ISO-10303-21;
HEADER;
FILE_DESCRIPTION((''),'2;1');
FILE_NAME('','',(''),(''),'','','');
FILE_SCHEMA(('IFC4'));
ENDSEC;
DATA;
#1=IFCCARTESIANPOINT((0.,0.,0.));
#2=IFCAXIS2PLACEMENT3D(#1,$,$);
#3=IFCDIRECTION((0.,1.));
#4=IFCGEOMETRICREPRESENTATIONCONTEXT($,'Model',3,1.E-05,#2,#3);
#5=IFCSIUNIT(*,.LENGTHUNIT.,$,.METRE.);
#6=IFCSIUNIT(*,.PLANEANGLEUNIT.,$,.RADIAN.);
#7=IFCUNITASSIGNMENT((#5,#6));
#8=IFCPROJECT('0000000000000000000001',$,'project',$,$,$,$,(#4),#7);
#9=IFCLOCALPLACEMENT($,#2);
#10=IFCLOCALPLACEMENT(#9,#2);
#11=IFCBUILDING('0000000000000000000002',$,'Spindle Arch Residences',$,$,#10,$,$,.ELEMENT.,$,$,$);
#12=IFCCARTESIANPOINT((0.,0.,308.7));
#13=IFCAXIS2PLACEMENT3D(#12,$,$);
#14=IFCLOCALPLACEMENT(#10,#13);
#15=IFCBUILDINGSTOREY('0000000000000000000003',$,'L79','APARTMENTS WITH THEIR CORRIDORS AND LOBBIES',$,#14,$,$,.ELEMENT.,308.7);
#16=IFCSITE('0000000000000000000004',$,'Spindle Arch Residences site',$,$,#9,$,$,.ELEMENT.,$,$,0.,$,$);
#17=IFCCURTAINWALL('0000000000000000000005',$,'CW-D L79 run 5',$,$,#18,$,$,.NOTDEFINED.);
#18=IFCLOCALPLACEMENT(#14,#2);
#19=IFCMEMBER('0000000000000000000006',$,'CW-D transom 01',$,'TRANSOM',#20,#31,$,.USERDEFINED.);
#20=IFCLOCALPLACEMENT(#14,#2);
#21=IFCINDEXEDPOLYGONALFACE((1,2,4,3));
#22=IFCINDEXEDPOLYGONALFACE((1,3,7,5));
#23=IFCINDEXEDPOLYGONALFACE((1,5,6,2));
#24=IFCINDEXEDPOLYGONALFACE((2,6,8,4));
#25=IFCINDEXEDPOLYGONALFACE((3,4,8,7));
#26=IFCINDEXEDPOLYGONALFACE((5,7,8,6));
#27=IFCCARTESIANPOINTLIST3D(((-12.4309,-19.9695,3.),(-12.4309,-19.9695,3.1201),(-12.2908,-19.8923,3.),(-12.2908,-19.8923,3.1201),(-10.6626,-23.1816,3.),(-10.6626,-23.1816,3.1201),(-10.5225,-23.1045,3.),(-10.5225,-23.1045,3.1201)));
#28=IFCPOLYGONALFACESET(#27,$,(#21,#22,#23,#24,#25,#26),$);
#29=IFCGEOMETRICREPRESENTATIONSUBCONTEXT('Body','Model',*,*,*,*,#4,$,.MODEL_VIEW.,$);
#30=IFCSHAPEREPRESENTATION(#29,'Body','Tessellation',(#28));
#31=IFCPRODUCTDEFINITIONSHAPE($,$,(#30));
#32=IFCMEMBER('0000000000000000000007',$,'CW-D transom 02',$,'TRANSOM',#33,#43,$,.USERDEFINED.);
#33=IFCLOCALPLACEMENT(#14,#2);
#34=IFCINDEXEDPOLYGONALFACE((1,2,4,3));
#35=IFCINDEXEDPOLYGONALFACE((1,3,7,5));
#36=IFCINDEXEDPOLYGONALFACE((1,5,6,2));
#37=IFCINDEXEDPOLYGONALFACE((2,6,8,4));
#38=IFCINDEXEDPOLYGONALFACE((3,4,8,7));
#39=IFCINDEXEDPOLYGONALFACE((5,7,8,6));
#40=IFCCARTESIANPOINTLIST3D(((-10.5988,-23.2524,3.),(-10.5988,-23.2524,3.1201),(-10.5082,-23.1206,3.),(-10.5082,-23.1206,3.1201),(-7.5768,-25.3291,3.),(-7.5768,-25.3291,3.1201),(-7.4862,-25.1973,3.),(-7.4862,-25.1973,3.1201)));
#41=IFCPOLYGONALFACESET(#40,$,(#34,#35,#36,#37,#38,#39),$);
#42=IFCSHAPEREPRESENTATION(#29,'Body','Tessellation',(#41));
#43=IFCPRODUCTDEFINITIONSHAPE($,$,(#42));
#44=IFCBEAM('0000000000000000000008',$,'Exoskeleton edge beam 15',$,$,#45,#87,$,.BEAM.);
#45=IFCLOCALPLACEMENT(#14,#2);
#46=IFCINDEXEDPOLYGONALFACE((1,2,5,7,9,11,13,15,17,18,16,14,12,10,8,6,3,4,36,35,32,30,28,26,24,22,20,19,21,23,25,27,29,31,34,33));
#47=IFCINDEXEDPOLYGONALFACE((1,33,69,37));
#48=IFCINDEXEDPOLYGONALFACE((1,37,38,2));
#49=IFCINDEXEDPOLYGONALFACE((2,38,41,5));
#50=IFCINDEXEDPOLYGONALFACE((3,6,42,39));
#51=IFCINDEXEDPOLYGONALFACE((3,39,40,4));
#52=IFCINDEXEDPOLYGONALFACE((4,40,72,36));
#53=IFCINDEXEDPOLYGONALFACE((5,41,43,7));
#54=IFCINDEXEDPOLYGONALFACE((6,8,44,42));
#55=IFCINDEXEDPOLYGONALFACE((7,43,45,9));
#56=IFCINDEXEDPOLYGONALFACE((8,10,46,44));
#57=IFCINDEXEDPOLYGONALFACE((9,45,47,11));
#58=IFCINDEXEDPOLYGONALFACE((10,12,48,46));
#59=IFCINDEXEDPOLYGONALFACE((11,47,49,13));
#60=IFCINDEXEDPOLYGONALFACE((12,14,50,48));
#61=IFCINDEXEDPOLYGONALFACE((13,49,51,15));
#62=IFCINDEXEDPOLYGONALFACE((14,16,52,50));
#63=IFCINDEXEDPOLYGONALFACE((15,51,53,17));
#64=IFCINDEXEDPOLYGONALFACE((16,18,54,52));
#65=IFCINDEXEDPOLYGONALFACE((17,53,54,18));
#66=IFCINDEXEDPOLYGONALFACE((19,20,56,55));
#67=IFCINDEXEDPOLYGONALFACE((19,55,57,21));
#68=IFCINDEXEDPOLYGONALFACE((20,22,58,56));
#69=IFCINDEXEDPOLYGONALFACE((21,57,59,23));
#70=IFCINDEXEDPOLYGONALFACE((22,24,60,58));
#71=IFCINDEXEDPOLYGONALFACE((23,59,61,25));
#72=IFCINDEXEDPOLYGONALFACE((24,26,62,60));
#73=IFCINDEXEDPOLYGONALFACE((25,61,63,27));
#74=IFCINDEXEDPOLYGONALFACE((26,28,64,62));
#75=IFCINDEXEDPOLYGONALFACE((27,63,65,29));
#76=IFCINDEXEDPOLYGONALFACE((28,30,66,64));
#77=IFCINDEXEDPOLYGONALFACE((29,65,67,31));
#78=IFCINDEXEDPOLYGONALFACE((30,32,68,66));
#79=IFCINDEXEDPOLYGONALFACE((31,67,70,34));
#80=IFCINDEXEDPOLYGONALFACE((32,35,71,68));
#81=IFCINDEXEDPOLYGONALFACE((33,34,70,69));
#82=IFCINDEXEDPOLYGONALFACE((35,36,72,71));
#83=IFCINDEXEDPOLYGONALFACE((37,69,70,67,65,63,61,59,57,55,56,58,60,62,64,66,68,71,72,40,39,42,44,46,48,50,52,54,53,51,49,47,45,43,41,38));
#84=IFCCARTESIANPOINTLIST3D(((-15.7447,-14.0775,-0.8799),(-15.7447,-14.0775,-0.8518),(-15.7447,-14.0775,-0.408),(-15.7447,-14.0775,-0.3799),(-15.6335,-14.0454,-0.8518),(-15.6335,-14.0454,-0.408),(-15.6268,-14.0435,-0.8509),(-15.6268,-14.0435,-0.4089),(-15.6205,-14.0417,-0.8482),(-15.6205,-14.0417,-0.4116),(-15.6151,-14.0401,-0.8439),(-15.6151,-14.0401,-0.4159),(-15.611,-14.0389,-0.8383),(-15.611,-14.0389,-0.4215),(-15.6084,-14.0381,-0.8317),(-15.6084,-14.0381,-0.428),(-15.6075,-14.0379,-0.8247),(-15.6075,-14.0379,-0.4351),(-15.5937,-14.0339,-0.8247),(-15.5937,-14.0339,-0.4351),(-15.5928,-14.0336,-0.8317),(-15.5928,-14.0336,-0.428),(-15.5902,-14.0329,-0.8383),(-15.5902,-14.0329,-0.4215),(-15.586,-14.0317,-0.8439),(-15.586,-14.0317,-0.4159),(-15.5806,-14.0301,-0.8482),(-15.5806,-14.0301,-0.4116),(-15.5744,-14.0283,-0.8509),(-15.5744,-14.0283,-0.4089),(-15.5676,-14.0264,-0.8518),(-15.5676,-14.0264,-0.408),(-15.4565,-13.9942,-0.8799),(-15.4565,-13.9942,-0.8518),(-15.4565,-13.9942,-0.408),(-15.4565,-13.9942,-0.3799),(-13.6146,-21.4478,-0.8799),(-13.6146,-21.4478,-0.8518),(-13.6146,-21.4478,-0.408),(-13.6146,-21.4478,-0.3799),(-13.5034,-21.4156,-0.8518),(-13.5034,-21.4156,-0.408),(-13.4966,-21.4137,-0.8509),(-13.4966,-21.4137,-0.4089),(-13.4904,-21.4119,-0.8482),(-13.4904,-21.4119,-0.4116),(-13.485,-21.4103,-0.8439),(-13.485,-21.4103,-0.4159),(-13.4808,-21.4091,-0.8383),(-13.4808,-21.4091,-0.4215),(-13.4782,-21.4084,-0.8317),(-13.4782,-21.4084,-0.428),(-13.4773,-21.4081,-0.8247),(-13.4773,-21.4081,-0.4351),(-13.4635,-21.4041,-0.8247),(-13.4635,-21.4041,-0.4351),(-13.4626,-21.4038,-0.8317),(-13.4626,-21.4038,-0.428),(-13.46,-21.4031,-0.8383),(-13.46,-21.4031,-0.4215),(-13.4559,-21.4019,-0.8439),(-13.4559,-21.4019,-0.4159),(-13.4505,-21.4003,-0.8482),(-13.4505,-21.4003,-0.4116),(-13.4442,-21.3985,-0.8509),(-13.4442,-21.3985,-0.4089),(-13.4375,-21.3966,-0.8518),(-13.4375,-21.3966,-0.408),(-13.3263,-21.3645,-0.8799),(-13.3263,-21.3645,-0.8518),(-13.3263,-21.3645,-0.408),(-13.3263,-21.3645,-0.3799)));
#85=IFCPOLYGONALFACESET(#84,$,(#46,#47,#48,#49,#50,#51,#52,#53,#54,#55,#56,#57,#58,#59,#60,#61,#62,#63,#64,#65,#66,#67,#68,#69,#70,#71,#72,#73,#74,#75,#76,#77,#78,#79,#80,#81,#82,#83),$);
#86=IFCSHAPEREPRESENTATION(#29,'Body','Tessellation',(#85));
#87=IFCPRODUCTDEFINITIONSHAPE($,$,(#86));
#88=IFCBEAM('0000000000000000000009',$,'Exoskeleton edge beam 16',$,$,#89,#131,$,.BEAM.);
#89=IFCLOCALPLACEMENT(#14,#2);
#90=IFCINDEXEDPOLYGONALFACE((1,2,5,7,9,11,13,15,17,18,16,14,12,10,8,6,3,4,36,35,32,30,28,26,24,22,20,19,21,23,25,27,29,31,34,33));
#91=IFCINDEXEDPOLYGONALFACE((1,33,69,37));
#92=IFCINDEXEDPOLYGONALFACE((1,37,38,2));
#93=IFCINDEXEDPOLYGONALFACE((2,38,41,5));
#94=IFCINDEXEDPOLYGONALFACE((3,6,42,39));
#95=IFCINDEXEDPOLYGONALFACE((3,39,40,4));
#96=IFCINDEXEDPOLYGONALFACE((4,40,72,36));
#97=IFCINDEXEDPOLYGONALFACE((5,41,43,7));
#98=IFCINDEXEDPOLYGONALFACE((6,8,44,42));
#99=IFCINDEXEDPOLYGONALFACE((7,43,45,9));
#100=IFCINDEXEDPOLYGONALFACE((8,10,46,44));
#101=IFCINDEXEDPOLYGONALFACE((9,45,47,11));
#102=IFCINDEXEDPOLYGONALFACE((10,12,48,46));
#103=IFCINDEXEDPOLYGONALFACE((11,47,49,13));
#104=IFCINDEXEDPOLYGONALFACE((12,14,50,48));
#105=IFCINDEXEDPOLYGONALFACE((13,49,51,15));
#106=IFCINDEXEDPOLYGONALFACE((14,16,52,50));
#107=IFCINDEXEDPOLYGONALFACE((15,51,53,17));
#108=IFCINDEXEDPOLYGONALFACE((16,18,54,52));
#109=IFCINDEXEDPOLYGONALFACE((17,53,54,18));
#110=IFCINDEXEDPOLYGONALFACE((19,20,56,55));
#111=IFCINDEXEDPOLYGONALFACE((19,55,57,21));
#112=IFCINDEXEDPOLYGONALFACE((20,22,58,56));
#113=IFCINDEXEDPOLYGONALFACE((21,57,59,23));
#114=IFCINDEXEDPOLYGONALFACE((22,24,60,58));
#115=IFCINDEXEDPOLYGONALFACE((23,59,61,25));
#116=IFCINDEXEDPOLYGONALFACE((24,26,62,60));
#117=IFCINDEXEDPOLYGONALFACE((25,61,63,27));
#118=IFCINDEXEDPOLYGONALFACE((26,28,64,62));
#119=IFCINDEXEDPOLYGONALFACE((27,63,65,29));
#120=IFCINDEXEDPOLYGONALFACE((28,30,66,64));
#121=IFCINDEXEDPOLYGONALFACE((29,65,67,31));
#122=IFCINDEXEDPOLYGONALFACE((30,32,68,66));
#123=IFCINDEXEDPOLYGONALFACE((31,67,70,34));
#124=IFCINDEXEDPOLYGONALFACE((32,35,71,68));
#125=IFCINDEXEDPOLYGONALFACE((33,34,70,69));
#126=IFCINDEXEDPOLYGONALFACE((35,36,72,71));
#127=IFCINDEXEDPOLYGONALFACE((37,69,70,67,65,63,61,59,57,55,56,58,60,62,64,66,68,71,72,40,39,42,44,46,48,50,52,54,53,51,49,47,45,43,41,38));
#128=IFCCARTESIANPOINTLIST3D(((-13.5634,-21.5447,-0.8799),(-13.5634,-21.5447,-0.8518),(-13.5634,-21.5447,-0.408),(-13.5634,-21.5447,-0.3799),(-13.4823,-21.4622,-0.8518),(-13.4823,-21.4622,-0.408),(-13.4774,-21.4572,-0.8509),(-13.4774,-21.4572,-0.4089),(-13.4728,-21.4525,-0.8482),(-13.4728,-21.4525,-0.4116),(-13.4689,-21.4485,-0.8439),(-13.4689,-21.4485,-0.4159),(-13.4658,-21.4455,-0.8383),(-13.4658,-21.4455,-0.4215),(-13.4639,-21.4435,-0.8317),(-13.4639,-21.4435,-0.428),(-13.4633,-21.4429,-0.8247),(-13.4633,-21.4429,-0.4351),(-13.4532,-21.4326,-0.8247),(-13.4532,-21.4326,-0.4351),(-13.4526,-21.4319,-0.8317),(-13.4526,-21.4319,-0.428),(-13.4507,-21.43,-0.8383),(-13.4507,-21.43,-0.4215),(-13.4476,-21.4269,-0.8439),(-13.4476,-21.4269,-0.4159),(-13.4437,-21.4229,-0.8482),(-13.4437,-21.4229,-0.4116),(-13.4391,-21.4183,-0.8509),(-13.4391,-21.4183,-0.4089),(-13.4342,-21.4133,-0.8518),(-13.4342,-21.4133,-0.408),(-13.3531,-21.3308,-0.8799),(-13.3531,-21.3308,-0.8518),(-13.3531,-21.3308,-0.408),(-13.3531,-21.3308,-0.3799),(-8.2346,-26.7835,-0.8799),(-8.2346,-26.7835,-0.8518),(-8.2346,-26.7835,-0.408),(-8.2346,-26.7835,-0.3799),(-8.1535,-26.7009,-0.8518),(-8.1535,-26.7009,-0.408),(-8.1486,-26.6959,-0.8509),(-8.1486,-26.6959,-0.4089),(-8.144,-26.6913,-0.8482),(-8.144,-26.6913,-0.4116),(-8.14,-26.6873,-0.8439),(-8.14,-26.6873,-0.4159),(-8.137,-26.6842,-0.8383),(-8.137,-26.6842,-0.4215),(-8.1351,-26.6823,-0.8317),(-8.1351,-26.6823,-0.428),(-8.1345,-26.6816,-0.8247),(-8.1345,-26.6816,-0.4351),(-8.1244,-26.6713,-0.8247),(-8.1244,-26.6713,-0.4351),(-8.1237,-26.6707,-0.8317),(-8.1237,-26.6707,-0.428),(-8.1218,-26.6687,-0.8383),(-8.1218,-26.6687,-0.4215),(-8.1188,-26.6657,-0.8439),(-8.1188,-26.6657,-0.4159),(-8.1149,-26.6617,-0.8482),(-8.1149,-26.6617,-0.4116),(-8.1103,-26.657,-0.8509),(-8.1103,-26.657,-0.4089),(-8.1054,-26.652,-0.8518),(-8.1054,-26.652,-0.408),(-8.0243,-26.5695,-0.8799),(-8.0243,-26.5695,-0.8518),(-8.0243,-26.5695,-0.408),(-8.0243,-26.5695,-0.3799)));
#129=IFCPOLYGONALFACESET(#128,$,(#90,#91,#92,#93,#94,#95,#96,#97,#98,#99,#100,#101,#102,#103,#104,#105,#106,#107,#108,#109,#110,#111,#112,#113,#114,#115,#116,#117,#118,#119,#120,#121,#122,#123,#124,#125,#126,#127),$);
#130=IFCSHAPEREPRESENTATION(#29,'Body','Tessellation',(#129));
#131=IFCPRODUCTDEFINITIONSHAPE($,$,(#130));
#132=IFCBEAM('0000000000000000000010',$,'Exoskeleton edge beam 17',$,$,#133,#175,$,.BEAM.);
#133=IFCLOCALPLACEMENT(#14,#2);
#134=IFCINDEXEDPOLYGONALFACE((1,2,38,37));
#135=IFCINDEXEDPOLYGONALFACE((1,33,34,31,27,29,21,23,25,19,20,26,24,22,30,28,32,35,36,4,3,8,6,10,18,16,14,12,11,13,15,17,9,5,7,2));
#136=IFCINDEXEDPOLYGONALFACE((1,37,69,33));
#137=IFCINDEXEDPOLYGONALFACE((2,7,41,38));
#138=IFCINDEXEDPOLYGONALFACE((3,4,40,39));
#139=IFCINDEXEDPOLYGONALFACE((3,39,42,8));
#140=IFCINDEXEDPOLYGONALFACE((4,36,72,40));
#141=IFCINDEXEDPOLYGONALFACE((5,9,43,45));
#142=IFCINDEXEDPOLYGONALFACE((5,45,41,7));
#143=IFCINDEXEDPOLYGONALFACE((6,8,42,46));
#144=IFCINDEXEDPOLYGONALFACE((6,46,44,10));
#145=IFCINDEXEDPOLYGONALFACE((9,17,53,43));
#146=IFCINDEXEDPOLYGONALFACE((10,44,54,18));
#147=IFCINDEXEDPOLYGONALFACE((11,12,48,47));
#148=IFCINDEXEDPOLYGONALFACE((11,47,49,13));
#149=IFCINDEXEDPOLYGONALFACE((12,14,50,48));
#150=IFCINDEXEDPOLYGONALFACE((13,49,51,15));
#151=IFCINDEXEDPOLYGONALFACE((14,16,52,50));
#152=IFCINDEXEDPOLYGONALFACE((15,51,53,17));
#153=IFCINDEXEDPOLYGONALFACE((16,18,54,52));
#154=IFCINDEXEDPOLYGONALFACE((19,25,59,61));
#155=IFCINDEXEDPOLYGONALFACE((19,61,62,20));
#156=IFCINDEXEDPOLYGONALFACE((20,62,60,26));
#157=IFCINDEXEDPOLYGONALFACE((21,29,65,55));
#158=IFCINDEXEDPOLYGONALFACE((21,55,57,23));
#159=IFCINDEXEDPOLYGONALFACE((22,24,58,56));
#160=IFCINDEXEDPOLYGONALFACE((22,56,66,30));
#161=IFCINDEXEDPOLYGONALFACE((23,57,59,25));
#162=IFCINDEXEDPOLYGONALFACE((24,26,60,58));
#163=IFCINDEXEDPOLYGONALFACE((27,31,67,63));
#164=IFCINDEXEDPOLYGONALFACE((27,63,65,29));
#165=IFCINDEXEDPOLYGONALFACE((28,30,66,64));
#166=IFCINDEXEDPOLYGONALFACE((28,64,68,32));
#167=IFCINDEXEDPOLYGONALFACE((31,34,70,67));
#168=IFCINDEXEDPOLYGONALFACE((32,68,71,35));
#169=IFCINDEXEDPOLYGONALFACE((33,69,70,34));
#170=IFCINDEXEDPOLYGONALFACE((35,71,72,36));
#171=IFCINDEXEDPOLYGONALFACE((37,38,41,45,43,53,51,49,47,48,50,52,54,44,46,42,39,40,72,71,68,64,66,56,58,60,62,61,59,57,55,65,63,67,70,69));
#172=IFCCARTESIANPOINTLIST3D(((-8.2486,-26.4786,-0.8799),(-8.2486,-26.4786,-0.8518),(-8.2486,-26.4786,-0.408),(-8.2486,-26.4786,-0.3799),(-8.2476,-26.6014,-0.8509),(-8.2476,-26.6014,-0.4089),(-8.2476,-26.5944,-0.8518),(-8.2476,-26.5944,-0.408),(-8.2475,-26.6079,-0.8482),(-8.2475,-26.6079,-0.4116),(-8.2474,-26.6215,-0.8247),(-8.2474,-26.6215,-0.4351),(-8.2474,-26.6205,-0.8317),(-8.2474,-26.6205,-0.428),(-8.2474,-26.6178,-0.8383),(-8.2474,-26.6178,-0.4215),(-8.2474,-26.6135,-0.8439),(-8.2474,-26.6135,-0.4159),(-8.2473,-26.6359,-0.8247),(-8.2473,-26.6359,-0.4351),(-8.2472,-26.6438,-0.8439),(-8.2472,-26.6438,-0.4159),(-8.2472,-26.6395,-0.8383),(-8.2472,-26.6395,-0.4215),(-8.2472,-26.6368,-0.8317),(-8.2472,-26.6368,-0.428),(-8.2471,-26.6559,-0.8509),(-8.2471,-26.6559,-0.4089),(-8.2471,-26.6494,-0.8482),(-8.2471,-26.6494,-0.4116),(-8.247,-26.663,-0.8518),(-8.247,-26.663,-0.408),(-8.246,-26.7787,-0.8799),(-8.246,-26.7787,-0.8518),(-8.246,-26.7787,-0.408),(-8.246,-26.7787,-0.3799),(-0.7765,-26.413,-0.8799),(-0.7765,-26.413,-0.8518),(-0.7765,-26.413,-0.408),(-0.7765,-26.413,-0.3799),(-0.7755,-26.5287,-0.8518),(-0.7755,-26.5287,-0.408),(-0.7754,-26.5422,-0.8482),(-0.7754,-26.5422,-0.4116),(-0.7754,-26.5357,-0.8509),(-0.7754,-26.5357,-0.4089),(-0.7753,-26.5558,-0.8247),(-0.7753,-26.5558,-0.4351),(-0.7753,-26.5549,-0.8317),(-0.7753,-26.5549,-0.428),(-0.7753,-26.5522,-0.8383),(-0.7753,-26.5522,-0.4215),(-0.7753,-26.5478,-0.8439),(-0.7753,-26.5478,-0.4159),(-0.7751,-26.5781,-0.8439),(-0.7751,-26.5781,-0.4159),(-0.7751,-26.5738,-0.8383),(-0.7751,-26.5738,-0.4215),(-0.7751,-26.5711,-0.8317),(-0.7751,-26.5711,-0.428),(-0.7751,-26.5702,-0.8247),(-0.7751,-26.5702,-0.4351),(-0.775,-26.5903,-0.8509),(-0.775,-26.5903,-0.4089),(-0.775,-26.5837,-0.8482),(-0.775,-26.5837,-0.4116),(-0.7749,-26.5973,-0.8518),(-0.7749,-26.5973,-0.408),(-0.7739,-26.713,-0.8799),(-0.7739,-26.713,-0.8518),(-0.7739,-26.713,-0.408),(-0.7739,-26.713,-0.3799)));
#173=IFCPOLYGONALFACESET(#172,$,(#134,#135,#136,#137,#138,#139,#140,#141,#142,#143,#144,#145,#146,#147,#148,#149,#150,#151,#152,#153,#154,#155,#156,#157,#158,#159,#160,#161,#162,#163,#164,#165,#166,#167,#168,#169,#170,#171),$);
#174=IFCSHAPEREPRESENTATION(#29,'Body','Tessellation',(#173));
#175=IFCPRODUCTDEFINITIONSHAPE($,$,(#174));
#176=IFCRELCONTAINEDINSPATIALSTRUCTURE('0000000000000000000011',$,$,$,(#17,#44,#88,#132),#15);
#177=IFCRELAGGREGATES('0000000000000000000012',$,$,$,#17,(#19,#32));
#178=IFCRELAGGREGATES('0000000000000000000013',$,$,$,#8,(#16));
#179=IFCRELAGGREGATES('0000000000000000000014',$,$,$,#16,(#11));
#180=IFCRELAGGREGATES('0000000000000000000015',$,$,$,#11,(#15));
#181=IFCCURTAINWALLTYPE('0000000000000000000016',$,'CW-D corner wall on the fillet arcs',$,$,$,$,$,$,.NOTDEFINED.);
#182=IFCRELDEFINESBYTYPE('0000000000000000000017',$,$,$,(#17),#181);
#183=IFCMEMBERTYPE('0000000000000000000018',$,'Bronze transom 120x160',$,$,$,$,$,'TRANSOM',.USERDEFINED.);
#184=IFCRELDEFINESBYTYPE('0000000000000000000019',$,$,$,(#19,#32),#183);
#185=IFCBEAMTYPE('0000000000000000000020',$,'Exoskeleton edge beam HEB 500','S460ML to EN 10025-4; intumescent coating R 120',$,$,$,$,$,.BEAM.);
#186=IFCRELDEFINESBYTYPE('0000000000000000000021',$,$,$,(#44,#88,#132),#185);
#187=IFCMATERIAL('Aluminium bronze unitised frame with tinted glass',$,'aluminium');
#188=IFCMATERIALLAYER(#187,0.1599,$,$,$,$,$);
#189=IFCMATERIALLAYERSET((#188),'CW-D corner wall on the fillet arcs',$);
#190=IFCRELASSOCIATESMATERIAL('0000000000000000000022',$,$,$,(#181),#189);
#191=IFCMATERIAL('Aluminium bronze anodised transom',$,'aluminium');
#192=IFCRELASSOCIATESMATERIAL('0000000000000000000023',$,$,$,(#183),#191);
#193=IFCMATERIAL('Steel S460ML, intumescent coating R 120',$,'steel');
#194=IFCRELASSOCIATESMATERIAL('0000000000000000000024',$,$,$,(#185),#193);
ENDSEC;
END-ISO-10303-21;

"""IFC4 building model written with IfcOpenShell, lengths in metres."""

from ifc_helpers import new_model, si_unit, direction, frame, origin, origin_2d, place, context, subcontext, project, spatial, rectangle, i_section, extrude, material, layer, layer_set, material_profile, profile_set, type_object, element, aggregate, save


model = new_model("IFC4")

# Units and contexts
model_context = context("Model", 3, precision=1e-05, world=origin(), true_north=direction((0.0, 1.0)))
body_context = subcontext(model_context, "Body", "Model", "MODEL_VIEW")
ifc_project = project(units=[si_unit("LENGTHUNIT", "METRE"), si_unit("PLANEANGLEUNIT", "RADIAN")], contexts=[model_context])

# Site, building, storey
site_placement = place(None, origin())
site = spatial("IfcSite", under=ifc_project, at=site_placement, Name="Spindle Arch Residences site", CompositionType="ELEMENT", RefElevation=0.0)
building_placement = place(site_placement, origin())
building = spatial("IfcBuilding", under=site, at=building_placement, Name="Spindle Arch Residences", CompositionType="ELEMENT")
storey_placement = place(building_placement, frame((0.0, 0.0, 308.7)))
storey = spatial("IfcBuildingStorey", under=building, at=storey_placement, Name="L79", Description="APARTMENTS WITH THEIR CORRIDORS AND LOBBIES", CompositionType="ELEMENT", Elevation=308.7)

# Curtain wall, members
ifc_material_1 = material(Name="Aluminium bronze unitised frame with tinted glass", Category="aluminium")
ifc_layer_1 = layer(ifc_material_1, 0.1599)
ifc_layer_set_1 = layer_set([ifc_layer_1], Name="CW-D corner wall on the fillet arcs")
curtain_wall_type = type_object("IfcCurtainWallType", Name="CW-D corner wall on the fillet arcs", PredefinedType="NOTDEFINED", material=ifc_layer_set_1)
curtain_wall_placement = place(storey_placement, origin())
curtain_wall = element("IfcCurtainWall", 1, at=curtain_wall_placement, inside=storey, type_object=curtain_wall_type, Name="CW-D L79 run 5", PredefinedType="NOTDEFINED")
ifc_material_2 = material(Name="Aluminium bronze anodised transom", Category="aluminium")
ifc_material_profile_1 = material_profile(ifc_material_2, rectangle(XDim=0.1599, YDim=0.1201, at=origin_2d()), Name="TR 120x160")
ifc_profile_set_1 = profile_set([ifc_material_profile_1], Name="Aluminium bronze anodised transom")
member_type_1 = type_object("IfcMemberType", Name="Bronze transom 120x160", ElementType="TRANSOM", PredefinedType="USERDEFINED", material=ifc_profile_set_1)
member_1_placement = place(storey_placement, frame((-12.3608, -19.9309, 3.0601), z_axis=(0.482259, -0.876029, 0.0), x_axis=(0.876029, 0.482259, 0.0)))
member_1 = element("IfcMember", 2, at=member_1_placement, type_object=member_type_1, Name="CW-D transom 01", ObjectType="TRANSOM", PredefinedType="USERDEFINED", context=body_context, shape_type="SweptSolid", body=[
    extrude(rectangle(XDim=0.1599, YDim=0.1201, at=origin_2d()), origin(), (0.0, 0.0, 1.0), 3.6667),
])
member_2_placement = place(storey_placement, frame((-10.5535, -23.1865, 3.0601), z_axis=(0.824162, -0.566354, 0.0), x_axis=(0.566354, 0.824162, 0.0)))
member_2 = element("IfcMember", 3, at=member_2_placement, type_object=member_type_1, Name="CW-D transom 02", ObjectType="TRANSOM", PredefinedType="USERDEFINED", context=body_context, shape_type="SweptSolid", body=[
    extrude(rectangle(XDim=0.1599, YDim=0.1201, at=origin_2d()), origin(), (0.0, 0.0, 1.0), 3.6667),
])

# Beams
ifc_material_3 = material(Name="Steel S460ML, intumescent coating R 120", Category="steel")
ifc_material_profile_2 = material_profile(ifc_material_3, i_section(OverallWidth=0.3, OverallDepth=0.5, WebThickness=0.0144, FlangeThickness=0.0281, FilletRadius=0.0271, at=origin_2d()), Name="HEB 500")
ifc_profile_set_2 = profile_set([ifc_material_profile_2], Name="Steel S460ML, intumescent coating R 120")
beam_type_1 = type_object("IfcBeamType", Name="Exoskeleton edge beam HEB 500", Description="S460ML to EN 10025-4; intumescent coating R 120", PredefinedType="BEAM", material=ifc_profile_set_2)
beam_1_placement = place(storey_placement, frame((-15.6006, -14.0359, -0.6299), z_axis=(0.277658, -0.96068, 0.0), x_axis=(0.96068, 0.277658, 0.0)))
element("IfcBeam", 4, at=beam_1_placement, inside=storey, type_object=beam_type_1, Name="Exoskeleton edge beam 15", PredefinedType="BEAM", context=body_context, shape_type="SweptSolid", body=[
    extrude(i_section(OverallWidth=0.3, OverallDepth=0.5, WebThickness=0.0144, FlangeThickness=0.0281, FilletRadius=0.0271, at=origin_2d()), origin(), (0.0, 0.0, 1.0), 7.6719),
])
beam_2_placement = place(storey_placement, frame((-13.4583, -21.4377, -0.6299), z_axis=(0.713109, -0.701053, 0.0), x_axis=(0.701053, 0.713109, 0.0)))
element("IfcBeam", 5, at=beam_2_placement, inside=storey, type_object=beam_type_1, Name="Exoskeleton edge beam 16", PredefinedType="BEAM", context=body_context, shape_type="SweptSolid", body=[
    extrude(i_section(OverallWidth=0.3, OverallDepth=0.5, WebThickness=0.0144, FlangeThickness=0.0281, FilletRadius=0.0271, at=origin_2d()), origin(), (0.0, 0.0, 1.0), 7.4727),
])
beam_3_placement = place(storey_placement, frame((-8.2473, -26.6287, -0.6299), z_axis=(0.999961, 0.008789, 0.0), x_axis=(-0.008789, 0.999961, 0.0)))
element("IfcBeam", 6, at=beam_3_placement, inside=storey, type_object=beam_type_1, Name="Exoskeleton edge beam 17", PredefinedType="BEAM", context=body_context, shape_type="SweptSolid", body=[
    extrude(i_section(OverallWidth=0.3, OverallDepth=0.5, WebThickness=0.0144, FlangeThickness=0.0281, FilletRadius=0.0271, at=origin_2d()), origin(), (0.0, 0.0, 1.0), 7.4724),
])

aggregate(curtain_wall, [member_1, member_2])

save(model, "model.ifc")
